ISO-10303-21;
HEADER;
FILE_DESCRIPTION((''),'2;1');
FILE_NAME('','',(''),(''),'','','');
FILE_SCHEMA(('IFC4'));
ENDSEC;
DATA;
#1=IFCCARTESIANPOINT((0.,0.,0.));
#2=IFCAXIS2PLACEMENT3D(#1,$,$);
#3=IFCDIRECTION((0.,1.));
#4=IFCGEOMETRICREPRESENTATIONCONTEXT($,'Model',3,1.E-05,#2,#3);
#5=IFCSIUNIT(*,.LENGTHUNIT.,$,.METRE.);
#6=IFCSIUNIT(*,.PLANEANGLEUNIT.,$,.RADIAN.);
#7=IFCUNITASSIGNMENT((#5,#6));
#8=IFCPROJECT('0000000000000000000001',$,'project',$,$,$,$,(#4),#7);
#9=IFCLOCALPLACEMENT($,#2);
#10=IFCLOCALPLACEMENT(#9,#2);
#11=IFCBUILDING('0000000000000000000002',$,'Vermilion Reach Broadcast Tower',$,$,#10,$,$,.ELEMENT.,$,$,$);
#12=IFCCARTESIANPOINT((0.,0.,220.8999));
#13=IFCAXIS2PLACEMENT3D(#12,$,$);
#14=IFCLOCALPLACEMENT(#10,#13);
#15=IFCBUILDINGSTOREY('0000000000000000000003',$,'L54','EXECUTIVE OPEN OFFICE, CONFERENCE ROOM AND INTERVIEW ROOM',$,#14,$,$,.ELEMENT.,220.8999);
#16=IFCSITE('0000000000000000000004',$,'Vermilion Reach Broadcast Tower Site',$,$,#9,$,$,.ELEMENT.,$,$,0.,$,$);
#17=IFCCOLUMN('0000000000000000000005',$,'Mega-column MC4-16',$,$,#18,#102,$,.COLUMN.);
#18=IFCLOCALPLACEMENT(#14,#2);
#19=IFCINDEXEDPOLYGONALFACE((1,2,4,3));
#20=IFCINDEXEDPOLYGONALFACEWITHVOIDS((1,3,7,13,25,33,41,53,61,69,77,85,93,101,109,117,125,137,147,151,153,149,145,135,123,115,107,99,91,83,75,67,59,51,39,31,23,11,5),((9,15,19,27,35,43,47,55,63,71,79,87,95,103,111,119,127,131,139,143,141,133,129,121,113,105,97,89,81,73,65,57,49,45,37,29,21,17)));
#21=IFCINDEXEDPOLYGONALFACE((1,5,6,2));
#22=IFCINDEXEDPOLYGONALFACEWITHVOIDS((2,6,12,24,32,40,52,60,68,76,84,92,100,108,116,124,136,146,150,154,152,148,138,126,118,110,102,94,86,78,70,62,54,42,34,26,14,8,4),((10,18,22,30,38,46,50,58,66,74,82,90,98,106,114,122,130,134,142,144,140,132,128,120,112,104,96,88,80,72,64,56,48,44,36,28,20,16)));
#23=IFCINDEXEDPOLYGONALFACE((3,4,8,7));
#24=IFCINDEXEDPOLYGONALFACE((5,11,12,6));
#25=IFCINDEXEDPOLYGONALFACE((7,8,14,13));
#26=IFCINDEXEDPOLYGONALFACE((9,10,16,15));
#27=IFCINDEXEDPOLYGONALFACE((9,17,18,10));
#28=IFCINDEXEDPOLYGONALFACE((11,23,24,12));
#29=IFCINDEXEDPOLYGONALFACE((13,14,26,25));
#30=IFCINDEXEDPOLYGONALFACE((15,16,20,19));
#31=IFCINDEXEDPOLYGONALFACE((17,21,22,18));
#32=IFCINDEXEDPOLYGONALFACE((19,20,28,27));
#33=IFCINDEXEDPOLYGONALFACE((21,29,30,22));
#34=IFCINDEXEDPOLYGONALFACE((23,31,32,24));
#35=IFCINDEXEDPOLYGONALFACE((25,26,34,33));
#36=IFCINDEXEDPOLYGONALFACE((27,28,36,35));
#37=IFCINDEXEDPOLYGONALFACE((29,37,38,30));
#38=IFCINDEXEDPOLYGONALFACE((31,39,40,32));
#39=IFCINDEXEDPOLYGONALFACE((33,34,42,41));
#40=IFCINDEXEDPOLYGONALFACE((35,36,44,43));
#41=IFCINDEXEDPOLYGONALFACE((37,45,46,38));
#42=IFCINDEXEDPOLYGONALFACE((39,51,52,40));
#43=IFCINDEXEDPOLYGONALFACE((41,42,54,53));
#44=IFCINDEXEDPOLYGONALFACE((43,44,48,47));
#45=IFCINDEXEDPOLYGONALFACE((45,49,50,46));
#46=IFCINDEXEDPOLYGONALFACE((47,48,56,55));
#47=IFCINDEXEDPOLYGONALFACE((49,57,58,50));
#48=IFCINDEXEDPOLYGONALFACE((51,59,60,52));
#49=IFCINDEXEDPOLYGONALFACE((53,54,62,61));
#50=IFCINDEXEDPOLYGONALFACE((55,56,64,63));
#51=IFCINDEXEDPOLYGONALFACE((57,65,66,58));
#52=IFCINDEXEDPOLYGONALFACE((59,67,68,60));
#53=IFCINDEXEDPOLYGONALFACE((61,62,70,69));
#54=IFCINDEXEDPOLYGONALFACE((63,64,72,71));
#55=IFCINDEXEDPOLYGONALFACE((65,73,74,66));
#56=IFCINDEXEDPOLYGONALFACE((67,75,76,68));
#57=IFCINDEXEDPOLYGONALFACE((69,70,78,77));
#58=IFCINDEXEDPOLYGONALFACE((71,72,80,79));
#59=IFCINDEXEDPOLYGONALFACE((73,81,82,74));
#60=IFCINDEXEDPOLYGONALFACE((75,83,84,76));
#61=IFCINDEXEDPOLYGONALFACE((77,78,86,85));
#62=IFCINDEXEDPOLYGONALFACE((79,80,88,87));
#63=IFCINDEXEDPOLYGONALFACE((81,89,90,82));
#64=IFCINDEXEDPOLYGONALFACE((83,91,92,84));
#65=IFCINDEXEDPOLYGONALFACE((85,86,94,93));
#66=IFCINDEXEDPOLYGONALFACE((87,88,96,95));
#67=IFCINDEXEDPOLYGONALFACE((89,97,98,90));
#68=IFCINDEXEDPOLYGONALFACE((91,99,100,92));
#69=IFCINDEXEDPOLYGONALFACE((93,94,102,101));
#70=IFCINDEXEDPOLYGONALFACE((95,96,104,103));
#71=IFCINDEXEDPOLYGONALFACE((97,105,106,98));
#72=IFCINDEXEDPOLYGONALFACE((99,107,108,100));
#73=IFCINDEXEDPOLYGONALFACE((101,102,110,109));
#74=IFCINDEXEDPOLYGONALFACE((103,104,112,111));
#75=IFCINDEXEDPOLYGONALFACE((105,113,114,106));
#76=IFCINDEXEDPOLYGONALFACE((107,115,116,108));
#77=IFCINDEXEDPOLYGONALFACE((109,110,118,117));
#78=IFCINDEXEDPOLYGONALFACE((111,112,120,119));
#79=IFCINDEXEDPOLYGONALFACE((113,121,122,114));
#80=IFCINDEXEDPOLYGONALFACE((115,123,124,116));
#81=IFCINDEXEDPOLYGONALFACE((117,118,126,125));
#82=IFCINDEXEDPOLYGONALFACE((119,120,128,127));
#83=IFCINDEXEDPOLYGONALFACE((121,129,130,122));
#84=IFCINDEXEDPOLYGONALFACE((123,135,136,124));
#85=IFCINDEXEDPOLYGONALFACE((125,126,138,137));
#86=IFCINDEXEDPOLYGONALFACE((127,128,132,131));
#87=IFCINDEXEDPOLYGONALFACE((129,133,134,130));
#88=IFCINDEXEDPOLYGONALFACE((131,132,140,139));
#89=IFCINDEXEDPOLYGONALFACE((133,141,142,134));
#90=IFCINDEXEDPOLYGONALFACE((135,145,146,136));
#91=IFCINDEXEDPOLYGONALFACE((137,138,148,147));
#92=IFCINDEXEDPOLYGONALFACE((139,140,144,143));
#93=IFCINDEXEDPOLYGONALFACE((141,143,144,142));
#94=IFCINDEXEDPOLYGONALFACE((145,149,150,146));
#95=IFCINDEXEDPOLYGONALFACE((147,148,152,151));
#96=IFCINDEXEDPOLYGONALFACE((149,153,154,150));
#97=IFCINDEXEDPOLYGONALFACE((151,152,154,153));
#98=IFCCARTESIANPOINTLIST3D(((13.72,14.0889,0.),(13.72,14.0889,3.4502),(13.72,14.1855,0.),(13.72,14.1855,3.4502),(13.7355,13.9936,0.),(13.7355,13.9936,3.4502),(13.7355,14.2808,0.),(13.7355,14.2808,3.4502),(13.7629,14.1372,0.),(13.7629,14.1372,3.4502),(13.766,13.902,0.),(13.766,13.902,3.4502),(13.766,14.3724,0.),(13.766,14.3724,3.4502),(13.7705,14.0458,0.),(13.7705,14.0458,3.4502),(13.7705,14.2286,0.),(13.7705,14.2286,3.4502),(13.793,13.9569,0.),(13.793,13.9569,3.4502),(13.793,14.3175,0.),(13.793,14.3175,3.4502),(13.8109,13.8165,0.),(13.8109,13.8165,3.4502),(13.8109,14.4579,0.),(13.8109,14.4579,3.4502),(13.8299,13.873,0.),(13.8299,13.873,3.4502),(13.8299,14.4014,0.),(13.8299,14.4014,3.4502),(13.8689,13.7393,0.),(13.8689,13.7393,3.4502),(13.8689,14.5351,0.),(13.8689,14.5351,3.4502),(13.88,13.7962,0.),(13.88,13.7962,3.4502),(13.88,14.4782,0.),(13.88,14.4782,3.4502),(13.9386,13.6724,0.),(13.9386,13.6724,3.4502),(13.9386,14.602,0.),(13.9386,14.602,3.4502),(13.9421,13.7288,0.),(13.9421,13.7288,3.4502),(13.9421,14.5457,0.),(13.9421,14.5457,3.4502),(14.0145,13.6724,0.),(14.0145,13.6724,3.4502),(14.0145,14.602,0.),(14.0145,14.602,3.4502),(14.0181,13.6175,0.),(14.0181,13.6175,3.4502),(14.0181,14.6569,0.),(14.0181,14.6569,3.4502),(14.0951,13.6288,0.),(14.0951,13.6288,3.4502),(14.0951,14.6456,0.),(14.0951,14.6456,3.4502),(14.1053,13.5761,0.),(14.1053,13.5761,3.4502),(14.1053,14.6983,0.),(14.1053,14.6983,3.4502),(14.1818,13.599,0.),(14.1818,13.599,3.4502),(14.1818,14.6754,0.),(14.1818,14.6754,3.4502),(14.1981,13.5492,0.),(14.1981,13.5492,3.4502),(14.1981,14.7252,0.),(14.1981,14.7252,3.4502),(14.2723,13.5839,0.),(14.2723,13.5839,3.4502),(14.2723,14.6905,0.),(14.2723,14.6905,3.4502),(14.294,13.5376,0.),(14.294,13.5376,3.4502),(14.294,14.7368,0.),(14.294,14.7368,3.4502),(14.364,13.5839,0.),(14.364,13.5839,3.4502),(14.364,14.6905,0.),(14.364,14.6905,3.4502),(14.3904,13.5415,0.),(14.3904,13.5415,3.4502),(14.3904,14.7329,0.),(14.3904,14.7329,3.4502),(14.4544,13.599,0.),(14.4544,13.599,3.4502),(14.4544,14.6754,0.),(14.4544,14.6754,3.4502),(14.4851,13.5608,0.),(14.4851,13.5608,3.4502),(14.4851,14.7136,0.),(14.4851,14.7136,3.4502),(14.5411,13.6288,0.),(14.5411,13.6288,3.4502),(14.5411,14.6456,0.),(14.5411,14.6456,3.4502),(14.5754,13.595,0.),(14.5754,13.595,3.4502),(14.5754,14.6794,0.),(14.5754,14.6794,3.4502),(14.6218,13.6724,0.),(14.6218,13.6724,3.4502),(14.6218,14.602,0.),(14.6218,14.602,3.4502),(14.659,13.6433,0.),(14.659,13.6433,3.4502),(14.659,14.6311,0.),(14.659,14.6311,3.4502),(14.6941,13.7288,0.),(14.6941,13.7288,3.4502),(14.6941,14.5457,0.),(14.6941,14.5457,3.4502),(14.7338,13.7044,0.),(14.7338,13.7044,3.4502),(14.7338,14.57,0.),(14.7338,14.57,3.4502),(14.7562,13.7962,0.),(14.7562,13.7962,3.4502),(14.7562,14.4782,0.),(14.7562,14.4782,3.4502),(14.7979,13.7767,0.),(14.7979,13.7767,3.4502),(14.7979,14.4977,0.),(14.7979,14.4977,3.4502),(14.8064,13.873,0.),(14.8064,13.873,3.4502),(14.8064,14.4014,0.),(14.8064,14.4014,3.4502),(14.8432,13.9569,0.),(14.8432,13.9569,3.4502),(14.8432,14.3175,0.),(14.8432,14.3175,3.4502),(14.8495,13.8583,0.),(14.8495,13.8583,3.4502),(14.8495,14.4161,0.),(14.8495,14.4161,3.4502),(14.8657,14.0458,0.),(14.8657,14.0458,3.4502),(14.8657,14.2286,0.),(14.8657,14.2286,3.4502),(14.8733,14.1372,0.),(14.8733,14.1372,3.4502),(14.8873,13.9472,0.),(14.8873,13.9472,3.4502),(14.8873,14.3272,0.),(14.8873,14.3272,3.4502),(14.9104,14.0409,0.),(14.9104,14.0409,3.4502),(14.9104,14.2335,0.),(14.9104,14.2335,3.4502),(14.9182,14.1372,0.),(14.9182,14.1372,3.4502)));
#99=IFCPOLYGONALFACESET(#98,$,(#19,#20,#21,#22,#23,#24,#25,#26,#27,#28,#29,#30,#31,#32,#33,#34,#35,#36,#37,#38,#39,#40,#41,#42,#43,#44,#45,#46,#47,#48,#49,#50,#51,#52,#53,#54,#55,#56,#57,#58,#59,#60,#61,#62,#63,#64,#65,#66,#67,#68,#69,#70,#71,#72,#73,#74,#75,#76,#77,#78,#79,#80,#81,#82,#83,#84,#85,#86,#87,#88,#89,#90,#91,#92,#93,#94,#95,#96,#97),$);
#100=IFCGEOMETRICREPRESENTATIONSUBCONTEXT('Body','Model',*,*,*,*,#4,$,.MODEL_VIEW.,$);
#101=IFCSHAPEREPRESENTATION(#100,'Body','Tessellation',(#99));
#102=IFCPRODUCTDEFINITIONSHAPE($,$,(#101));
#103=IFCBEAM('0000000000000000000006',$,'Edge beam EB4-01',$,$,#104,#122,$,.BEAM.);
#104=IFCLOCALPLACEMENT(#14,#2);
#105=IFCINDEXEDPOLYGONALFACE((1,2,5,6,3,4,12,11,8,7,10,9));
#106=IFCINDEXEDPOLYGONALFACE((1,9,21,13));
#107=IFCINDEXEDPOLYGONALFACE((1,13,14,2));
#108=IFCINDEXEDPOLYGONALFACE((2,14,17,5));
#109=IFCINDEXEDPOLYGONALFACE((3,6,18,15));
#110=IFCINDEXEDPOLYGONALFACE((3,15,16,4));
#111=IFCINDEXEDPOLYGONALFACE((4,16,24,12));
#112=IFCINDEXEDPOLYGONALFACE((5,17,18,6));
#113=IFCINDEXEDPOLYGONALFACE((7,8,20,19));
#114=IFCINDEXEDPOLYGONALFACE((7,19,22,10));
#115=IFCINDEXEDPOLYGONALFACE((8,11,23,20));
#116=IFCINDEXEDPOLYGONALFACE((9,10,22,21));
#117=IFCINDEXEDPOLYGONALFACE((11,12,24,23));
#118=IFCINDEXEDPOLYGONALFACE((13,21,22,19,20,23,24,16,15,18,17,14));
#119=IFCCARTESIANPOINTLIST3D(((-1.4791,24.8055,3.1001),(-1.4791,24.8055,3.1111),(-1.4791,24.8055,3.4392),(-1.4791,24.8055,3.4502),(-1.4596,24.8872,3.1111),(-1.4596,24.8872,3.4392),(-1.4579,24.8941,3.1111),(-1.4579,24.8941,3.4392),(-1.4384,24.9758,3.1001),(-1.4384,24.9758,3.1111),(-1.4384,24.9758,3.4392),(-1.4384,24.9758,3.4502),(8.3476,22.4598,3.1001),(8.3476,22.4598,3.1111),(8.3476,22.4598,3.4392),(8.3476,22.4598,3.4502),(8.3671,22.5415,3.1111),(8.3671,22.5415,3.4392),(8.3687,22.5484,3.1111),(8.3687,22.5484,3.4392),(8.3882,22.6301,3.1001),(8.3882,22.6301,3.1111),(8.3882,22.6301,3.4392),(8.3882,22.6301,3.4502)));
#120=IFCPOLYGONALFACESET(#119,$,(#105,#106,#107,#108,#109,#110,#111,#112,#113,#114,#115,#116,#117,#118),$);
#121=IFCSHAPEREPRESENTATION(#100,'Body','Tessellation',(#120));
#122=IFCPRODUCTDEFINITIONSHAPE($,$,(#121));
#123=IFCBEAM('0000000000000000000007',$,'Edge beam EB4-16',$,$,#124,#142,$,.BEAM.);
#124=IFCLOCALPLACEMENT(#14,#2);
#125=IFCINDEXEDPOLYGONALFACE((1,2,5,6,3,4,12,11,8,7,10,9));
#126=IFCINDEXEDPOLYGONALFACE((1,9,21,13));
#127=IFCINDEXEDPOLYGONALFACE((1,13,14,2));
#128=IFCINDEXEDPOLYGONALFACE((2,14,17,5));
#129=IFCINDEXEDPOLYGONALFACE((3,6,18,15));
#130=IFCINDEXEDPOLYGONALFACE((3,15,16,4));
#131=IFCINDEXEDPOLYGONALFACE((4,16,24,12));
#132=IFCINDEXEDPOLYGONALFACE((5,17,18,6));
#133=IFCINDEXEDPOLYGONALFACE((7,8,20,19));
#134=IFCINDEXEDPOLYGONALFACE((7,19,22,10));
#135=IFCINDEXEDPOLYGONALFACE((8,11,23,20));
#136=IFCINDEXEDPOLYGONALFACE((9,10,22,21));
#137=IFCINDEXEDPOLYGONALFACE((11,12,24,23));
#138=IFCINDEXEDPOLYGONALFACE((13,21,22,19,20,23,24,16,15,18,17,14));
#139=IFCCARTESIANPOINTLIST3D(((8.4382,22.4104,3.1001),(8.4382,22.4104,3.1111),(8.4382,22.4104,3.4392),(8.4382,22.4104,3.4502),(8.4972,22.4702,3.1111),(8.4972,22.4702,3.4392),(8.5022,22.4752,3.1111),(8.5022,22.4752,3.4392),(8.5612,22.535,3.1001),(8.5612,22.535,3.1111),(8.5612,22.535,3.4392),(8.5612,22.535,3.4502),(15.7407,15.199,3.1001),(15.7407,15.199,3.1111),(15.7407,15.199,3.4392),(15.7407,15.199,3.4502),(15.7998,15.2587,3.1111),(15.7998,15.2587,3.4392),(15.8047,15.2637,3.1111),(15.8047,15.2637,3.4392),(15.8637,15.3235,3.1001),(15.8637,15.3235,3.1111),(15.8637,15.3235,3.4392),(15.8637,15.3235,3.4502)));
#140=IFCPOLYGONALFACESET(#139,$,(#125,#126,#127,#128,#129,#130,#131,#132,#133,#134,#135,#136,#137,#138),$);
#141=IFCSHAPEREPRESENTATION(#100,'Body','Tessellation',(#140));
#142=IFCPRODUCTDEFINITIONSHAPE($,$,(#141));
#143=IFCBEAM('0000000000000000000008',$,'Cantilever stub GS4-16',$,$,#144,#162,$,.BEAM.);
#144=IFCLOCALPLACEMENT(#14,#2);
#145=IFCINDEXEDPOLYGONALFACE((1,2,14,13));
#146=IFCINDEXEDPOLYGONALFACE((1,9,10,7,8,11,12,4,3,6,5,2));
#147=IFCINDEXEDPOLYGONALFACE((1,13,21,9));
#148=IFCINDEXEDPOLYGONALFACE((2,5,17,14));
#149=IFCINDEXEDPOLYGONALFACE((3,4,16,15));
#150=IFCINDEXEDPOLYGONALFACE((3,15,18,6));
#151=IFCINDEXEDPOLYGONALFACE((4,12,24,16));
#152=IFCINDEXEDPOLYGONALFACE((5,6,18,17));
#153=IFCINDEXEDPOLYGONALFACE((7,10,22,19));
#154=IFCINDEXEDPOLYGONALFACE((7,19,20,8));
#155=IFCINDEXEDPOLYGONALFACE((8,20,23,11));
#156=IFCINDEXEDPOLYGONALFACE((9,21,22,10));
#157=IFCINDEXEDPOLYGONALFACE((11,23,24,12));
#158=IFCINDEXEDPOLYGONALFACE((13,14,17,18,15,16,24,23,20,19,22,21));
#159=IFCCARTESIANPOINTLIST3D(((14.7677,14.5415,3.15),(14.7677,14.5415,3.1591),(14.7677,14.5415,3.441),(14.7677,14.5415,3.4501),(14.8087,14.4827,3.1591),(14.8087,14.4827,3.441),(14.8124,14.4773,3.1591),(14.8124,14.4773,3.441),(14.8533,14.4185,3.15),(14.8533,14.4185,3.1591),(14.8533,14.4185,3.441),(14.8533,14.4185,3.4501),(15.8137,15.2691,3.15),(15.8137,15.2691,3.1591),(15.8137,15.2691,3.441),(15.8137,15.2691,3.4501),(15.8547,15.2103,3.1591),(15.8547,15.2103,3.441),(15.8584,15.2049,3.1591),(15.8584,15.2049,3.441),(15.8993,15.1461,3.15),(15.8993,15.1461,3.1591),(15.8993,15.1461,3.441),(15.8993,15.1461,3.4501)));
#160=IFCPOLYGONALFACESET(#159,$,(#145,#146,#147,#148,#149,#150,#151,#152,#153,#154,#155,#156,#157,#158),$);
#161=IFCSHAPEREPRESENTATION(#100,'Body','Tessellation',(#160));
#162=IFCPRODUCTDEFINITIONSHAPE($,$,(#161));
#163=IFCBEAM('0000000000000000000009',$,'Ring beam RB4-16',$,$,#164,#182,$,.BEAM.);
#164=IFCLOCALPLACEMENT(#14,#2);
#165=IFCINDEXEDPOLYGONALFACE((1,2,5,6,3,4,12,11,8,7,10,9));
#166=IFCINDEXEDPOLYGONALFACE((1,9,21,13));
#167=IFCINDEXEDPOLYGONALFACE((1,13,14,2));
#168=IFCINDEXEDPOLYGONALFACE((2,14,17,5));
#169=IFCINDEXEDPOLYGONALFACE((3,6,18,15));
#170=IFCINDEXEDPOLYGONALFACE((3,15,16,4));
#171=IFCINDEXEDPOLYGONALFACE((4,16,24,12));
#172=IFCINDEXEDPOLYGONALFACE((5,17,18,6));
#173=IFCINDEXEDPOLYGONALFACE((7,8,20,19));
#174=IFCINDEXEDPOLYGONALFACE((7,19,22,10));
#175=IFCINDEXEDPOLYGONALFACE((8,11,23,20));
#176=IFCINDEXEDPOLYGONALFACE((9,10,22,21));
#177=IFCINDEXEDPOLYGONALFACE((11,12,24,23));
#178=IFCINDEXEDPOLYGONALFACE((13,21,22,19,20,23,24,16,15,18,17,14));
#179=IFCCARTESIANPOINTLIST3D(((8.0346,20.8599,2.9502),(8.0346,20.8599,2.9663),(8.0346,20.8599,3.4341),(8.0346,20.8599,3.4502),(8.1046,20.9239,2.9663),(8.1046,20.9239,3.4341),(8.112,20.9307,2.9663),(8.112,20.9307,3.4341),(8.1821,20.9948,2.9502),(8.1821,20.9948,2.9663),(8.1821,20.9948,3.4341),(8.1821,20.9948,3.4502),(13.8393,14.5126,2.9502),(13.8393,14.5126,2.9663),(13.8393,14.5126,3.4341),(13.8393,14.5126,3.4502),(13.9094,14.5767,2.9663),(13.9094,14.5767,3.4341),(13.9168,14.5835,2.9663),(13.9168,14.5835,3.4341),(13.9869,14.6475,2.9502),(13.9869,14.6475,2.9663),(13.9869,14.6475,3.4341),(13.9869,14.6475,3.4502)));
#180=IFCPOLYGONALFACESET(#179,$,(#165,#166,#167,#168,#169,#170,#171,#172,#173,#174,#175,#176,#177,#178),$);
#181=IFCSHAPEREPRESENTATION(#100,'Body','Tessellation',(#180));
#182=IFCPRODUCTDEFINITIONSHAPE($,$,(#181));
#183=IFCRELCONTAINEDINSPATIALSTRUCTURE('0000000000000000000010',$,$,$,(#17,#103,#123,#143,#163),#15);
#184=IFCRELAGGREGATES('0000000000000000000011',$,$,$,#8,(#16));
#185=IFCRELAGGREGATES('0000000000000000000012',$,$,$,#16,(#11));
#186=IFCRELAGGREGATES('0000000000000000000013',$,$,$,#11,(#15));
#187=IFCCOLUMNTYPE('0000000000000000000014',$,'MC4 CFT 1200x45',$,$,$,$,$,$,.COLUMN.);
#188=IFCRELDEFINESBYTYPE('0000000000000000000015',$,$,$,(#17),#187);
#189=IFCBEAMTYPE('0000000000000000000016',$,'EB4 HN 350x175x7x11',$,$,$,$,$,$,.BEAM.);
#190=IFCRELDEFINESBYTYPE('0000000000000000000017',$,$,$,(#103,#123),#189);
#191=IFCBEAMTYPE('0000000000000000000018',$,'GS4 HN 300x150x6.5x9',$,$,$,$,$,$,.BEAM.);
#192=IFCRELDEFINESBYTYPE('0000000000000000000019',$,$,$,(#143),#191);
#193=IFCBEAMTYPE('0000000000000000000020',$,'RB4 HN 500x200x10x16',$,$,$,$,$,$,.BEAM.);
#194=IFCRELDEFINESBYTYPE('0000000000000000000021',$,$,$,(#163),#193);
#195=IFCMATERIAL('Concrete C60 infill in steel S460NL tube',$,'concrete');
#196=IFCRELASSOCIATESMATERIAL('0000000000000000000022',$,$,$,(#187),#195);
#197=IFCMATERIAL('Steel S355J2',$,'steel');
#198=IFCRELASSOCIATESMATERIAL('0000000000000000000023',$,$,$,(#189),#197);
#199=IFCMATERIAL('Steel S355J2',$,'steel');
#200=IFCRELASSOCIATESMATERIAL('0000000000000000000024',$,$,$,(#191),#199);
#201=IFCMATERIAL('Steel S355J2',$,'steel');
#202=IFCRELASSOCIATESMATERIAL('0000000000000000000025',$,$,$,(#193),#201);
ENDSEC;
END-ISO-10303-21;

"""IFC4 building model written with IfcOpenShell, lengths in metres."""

from ifc_helpers import new_model, si_unit, direction, frame, origin, origin_2d, place, context, subcontext, project, spatial, hollow_circle, i_section, extrude, material, material_profile, profile_set, type_object, element, save


model = new_model("IFC4")

# Units and contexts
model_context = context("Model", 3, precision=1e-05, world=origin(), true_north=direction((0.0, 1.0)))
body_context = subcontext(model_context, "Body", "Model", "MODEL_VIEW")
ifc_project = project(units=[si_unit("LENGTHUNIT", "METRE"), si_unit("PLANEANGLEUNIT", "RADIAN")], contexts=[model_context])

# Site, building, storey
site_placement = place(None, origin())
site = spatial("IfcSite", under=ifc_project, at=site_placement, Name="Vermilion Reach Broadcast Tower Site", CompositionType="ELEMENT", RefElevation=0.0)
building_placement = place(site_placement, origin())
building = spatial("IfcBuilding", under=site, at=building_placement, Name="Vermilion Reach Broadcast Tower", CompositionType="ELEMENT")
storey_placement = place(building_placement, frame((0.0, 0.0, 220.8999)))
storey = spatial("IfcBuildingStorey", under=building, at=storey_placement, Name="L54", Description="EXECUTIVE OPEN OFFICE, CONFERENCE ROOM AND INTERVIEW ROOM", CompositionType="ELEMENT", Elevation=220.8999)

# Column
ifc_material_1 = material(Name="Concrete C60 infill in steel S460NL tube", Category="concrete")
ifc_material_profile_1 = material_profile(ifc_material_1, hollow_circle(Radius=0.6001, WallThickness=0.0449, at=origin_2d()), Name="Concrete C60 infill in steel S460NL tube CFT 1200x45")
ifc_profile_set_1 = profile_set([ifc_material_profile_1], Name="Concrete C60 infill in steel S460NL tube")
column_type = type_object("IfcColumnType", Name="MC4 CFT 1200x45", PredefinedType="COLUMN", material=ifc_profile_set_1)
column_placement = place(storey_placement, frame((14.3181, 14.1372, 0.0), z_axis=(0.0, 0.0, 1.0), x_axis=(1.0, 0.0, 0.0)))
element("IfcColumn", 1, at=column_placement, inside=storey, type_object=column_type, Name="Mega-column MC4-16", PredefinedType="COLUMN", context=body_context, shape_type="SweptSolid", body=[
    extrude(hollow_circle(Radius=0.6001, WallThickness=0.0449, at=origin_2d()), origin(), (0.0, 0.0, 1.0), 3.4502),
])

# Beams
ifc_material_2 = material(Name="Steel S355J2", Category="steel")
ifc_material_profile_2 = material_profile(ifc_material_2, i_section(OverallWidth=0.175, OverallDepth=0.3501, WebThickness=0.0071, FlangeThickness=0.011, at=origin_2d()), Name="S355J2 HN 350x175x7x11")
ifc_profile_set_2 = profile_set([ifc_material_profile_2], Name="Steel S355J2")
beam_type_1 = type_object("IfcBeamType", Name="EB4 HN 350x175x7x11", PredefinedType="BEAM", material=ifc_profile_set_2)
beam_1_placement = place(storey_placement, frame((8.3679, 22.5449, 3.2751), z_axis=(-0.972672, 0.232185, 0.0), x_axis=(-0.232185, -0.972672, 0.0)))
element("IfcBeam", 2, at=beam_1_placement, inside=storey, type_object=beam_type_1, Name="Edge beam EB4-01", PredefinedType="BEAM", context=body_context, shape_type="SweptSolid", body=[
    extrude(i_section(OverallWidth=0.175, OverallDepth=0.3501, WebThickness=0.0071, FlangeThickness=0.011, at=origin_2d()), origin(), (0.0, 0.0, 1.0), 10.1028),
])
beam_2_placement = place(storey_placement, frame((15.8022, 15.2612, 3.2751), z_axis=(-0.711529, 0.702656, 0.0), x_axis=(-0.702656, -0.711529, 0.0)))
element("IfcBeam", 3, at=beam_2_placement, inside=storey, type_object=beam_type_1, Name="Edge beam EB4-16", PredefinedType="BEAM", context=body_context, shape_type="SweptSolid", body=[
    extrude(i_section(OverallWidth=0.175, OverallDepth=0.3501, WebThickness=0.0071, FlangeThickness=0.011, at=origin_2d()), origin(), (0.0, 0.0, 1.0), 10.2632),
])
ifc_material_3 = material(Name="Steel S355J2", Category="steel")
ifc_material_profile_3 = material_profile(ifc_material_3, i_section(OverallWidth=0.1499, OverallDepth=0.3, WebThickness=0.0066, FlangeThickness=0.009, at=origin_2d()), Name="S355J2 HN 300x150x6.5x9")
ifc_profile_set_3 = profile_set([ifc_material_profile_3], Name="Steel S355J2")
beam_type_2 = type_object("IfcBeamType", Name="GS4 HN 300x150x6.5x9", PredefinedType="BEAM", material=ifc_profile_set_3)
beam_3_placement = place(storey_placement, frame((14.8105, 14.48, 3.3), z_axis=(0.820921, 0.571042, 0.0), x_axis=(-0.571042, 0.820921, 0.0)))
element("IfcBeam", 4, at=beam_3_placement, inside=storey, type_object=beam_type_2, Name="Cantilever stub GS4-16", PredefinedType="BEAM", context=body_context, shape_type="SweptSolid", body=[
    extrude(i_section(OverallWidth=0.1499, OverallDepth=0.3, WebThickness=0.0066, FlangeThickness=0.009, at=origin_2d()), origin(), (0.0, 0.0, 1.0), 1.2742),
])
ifc_material_4 = material(Name="Steel S355J2", Category="steel")
ifc_material_profile_4 = material_profile(ifc_material_4, i_section(OverallWidth=0.2, OverallDepth=0.5, WebThickness=0.01, FlangeThickness=0.0161, at=origin_2d()), Name="S355J2 HN 500x200x10x16")
ifc_profile_set_4 = profile_set([ifc_material_profile_4], Name="Steel S355J2")
beam_type_3 = type_object("IfcBeamType", Name="RB4 HN 500x200x10x16", PredefinedType="BEAM", material=ifc_profile_set_4)
beam_4_placement = place(storey_placement, frame((13.9131, 14.5801, 3.2002), z_axis=(-0.674868, 0.737938, 0.0), x_axis=(-0.737938, -0.674868, 0.0)))
element("IfcBeam", 5, at=beam_4_placement, inside=storey, type_object=beam_type_3, Name="Ring beam RB4-16", PredefinedType="BEAM", context=body_context, shape_type="SweptSolid", body=[
    extrude(i_section(OverallWidth=0.2, OverallDepth=0.5, WebThickness=0.01, FlangeThickness=0.0161, at=origin_2d()), origin(), (0.0, 0.0, 1.0), 8.6013),
])

save(model, "model.ifc")
